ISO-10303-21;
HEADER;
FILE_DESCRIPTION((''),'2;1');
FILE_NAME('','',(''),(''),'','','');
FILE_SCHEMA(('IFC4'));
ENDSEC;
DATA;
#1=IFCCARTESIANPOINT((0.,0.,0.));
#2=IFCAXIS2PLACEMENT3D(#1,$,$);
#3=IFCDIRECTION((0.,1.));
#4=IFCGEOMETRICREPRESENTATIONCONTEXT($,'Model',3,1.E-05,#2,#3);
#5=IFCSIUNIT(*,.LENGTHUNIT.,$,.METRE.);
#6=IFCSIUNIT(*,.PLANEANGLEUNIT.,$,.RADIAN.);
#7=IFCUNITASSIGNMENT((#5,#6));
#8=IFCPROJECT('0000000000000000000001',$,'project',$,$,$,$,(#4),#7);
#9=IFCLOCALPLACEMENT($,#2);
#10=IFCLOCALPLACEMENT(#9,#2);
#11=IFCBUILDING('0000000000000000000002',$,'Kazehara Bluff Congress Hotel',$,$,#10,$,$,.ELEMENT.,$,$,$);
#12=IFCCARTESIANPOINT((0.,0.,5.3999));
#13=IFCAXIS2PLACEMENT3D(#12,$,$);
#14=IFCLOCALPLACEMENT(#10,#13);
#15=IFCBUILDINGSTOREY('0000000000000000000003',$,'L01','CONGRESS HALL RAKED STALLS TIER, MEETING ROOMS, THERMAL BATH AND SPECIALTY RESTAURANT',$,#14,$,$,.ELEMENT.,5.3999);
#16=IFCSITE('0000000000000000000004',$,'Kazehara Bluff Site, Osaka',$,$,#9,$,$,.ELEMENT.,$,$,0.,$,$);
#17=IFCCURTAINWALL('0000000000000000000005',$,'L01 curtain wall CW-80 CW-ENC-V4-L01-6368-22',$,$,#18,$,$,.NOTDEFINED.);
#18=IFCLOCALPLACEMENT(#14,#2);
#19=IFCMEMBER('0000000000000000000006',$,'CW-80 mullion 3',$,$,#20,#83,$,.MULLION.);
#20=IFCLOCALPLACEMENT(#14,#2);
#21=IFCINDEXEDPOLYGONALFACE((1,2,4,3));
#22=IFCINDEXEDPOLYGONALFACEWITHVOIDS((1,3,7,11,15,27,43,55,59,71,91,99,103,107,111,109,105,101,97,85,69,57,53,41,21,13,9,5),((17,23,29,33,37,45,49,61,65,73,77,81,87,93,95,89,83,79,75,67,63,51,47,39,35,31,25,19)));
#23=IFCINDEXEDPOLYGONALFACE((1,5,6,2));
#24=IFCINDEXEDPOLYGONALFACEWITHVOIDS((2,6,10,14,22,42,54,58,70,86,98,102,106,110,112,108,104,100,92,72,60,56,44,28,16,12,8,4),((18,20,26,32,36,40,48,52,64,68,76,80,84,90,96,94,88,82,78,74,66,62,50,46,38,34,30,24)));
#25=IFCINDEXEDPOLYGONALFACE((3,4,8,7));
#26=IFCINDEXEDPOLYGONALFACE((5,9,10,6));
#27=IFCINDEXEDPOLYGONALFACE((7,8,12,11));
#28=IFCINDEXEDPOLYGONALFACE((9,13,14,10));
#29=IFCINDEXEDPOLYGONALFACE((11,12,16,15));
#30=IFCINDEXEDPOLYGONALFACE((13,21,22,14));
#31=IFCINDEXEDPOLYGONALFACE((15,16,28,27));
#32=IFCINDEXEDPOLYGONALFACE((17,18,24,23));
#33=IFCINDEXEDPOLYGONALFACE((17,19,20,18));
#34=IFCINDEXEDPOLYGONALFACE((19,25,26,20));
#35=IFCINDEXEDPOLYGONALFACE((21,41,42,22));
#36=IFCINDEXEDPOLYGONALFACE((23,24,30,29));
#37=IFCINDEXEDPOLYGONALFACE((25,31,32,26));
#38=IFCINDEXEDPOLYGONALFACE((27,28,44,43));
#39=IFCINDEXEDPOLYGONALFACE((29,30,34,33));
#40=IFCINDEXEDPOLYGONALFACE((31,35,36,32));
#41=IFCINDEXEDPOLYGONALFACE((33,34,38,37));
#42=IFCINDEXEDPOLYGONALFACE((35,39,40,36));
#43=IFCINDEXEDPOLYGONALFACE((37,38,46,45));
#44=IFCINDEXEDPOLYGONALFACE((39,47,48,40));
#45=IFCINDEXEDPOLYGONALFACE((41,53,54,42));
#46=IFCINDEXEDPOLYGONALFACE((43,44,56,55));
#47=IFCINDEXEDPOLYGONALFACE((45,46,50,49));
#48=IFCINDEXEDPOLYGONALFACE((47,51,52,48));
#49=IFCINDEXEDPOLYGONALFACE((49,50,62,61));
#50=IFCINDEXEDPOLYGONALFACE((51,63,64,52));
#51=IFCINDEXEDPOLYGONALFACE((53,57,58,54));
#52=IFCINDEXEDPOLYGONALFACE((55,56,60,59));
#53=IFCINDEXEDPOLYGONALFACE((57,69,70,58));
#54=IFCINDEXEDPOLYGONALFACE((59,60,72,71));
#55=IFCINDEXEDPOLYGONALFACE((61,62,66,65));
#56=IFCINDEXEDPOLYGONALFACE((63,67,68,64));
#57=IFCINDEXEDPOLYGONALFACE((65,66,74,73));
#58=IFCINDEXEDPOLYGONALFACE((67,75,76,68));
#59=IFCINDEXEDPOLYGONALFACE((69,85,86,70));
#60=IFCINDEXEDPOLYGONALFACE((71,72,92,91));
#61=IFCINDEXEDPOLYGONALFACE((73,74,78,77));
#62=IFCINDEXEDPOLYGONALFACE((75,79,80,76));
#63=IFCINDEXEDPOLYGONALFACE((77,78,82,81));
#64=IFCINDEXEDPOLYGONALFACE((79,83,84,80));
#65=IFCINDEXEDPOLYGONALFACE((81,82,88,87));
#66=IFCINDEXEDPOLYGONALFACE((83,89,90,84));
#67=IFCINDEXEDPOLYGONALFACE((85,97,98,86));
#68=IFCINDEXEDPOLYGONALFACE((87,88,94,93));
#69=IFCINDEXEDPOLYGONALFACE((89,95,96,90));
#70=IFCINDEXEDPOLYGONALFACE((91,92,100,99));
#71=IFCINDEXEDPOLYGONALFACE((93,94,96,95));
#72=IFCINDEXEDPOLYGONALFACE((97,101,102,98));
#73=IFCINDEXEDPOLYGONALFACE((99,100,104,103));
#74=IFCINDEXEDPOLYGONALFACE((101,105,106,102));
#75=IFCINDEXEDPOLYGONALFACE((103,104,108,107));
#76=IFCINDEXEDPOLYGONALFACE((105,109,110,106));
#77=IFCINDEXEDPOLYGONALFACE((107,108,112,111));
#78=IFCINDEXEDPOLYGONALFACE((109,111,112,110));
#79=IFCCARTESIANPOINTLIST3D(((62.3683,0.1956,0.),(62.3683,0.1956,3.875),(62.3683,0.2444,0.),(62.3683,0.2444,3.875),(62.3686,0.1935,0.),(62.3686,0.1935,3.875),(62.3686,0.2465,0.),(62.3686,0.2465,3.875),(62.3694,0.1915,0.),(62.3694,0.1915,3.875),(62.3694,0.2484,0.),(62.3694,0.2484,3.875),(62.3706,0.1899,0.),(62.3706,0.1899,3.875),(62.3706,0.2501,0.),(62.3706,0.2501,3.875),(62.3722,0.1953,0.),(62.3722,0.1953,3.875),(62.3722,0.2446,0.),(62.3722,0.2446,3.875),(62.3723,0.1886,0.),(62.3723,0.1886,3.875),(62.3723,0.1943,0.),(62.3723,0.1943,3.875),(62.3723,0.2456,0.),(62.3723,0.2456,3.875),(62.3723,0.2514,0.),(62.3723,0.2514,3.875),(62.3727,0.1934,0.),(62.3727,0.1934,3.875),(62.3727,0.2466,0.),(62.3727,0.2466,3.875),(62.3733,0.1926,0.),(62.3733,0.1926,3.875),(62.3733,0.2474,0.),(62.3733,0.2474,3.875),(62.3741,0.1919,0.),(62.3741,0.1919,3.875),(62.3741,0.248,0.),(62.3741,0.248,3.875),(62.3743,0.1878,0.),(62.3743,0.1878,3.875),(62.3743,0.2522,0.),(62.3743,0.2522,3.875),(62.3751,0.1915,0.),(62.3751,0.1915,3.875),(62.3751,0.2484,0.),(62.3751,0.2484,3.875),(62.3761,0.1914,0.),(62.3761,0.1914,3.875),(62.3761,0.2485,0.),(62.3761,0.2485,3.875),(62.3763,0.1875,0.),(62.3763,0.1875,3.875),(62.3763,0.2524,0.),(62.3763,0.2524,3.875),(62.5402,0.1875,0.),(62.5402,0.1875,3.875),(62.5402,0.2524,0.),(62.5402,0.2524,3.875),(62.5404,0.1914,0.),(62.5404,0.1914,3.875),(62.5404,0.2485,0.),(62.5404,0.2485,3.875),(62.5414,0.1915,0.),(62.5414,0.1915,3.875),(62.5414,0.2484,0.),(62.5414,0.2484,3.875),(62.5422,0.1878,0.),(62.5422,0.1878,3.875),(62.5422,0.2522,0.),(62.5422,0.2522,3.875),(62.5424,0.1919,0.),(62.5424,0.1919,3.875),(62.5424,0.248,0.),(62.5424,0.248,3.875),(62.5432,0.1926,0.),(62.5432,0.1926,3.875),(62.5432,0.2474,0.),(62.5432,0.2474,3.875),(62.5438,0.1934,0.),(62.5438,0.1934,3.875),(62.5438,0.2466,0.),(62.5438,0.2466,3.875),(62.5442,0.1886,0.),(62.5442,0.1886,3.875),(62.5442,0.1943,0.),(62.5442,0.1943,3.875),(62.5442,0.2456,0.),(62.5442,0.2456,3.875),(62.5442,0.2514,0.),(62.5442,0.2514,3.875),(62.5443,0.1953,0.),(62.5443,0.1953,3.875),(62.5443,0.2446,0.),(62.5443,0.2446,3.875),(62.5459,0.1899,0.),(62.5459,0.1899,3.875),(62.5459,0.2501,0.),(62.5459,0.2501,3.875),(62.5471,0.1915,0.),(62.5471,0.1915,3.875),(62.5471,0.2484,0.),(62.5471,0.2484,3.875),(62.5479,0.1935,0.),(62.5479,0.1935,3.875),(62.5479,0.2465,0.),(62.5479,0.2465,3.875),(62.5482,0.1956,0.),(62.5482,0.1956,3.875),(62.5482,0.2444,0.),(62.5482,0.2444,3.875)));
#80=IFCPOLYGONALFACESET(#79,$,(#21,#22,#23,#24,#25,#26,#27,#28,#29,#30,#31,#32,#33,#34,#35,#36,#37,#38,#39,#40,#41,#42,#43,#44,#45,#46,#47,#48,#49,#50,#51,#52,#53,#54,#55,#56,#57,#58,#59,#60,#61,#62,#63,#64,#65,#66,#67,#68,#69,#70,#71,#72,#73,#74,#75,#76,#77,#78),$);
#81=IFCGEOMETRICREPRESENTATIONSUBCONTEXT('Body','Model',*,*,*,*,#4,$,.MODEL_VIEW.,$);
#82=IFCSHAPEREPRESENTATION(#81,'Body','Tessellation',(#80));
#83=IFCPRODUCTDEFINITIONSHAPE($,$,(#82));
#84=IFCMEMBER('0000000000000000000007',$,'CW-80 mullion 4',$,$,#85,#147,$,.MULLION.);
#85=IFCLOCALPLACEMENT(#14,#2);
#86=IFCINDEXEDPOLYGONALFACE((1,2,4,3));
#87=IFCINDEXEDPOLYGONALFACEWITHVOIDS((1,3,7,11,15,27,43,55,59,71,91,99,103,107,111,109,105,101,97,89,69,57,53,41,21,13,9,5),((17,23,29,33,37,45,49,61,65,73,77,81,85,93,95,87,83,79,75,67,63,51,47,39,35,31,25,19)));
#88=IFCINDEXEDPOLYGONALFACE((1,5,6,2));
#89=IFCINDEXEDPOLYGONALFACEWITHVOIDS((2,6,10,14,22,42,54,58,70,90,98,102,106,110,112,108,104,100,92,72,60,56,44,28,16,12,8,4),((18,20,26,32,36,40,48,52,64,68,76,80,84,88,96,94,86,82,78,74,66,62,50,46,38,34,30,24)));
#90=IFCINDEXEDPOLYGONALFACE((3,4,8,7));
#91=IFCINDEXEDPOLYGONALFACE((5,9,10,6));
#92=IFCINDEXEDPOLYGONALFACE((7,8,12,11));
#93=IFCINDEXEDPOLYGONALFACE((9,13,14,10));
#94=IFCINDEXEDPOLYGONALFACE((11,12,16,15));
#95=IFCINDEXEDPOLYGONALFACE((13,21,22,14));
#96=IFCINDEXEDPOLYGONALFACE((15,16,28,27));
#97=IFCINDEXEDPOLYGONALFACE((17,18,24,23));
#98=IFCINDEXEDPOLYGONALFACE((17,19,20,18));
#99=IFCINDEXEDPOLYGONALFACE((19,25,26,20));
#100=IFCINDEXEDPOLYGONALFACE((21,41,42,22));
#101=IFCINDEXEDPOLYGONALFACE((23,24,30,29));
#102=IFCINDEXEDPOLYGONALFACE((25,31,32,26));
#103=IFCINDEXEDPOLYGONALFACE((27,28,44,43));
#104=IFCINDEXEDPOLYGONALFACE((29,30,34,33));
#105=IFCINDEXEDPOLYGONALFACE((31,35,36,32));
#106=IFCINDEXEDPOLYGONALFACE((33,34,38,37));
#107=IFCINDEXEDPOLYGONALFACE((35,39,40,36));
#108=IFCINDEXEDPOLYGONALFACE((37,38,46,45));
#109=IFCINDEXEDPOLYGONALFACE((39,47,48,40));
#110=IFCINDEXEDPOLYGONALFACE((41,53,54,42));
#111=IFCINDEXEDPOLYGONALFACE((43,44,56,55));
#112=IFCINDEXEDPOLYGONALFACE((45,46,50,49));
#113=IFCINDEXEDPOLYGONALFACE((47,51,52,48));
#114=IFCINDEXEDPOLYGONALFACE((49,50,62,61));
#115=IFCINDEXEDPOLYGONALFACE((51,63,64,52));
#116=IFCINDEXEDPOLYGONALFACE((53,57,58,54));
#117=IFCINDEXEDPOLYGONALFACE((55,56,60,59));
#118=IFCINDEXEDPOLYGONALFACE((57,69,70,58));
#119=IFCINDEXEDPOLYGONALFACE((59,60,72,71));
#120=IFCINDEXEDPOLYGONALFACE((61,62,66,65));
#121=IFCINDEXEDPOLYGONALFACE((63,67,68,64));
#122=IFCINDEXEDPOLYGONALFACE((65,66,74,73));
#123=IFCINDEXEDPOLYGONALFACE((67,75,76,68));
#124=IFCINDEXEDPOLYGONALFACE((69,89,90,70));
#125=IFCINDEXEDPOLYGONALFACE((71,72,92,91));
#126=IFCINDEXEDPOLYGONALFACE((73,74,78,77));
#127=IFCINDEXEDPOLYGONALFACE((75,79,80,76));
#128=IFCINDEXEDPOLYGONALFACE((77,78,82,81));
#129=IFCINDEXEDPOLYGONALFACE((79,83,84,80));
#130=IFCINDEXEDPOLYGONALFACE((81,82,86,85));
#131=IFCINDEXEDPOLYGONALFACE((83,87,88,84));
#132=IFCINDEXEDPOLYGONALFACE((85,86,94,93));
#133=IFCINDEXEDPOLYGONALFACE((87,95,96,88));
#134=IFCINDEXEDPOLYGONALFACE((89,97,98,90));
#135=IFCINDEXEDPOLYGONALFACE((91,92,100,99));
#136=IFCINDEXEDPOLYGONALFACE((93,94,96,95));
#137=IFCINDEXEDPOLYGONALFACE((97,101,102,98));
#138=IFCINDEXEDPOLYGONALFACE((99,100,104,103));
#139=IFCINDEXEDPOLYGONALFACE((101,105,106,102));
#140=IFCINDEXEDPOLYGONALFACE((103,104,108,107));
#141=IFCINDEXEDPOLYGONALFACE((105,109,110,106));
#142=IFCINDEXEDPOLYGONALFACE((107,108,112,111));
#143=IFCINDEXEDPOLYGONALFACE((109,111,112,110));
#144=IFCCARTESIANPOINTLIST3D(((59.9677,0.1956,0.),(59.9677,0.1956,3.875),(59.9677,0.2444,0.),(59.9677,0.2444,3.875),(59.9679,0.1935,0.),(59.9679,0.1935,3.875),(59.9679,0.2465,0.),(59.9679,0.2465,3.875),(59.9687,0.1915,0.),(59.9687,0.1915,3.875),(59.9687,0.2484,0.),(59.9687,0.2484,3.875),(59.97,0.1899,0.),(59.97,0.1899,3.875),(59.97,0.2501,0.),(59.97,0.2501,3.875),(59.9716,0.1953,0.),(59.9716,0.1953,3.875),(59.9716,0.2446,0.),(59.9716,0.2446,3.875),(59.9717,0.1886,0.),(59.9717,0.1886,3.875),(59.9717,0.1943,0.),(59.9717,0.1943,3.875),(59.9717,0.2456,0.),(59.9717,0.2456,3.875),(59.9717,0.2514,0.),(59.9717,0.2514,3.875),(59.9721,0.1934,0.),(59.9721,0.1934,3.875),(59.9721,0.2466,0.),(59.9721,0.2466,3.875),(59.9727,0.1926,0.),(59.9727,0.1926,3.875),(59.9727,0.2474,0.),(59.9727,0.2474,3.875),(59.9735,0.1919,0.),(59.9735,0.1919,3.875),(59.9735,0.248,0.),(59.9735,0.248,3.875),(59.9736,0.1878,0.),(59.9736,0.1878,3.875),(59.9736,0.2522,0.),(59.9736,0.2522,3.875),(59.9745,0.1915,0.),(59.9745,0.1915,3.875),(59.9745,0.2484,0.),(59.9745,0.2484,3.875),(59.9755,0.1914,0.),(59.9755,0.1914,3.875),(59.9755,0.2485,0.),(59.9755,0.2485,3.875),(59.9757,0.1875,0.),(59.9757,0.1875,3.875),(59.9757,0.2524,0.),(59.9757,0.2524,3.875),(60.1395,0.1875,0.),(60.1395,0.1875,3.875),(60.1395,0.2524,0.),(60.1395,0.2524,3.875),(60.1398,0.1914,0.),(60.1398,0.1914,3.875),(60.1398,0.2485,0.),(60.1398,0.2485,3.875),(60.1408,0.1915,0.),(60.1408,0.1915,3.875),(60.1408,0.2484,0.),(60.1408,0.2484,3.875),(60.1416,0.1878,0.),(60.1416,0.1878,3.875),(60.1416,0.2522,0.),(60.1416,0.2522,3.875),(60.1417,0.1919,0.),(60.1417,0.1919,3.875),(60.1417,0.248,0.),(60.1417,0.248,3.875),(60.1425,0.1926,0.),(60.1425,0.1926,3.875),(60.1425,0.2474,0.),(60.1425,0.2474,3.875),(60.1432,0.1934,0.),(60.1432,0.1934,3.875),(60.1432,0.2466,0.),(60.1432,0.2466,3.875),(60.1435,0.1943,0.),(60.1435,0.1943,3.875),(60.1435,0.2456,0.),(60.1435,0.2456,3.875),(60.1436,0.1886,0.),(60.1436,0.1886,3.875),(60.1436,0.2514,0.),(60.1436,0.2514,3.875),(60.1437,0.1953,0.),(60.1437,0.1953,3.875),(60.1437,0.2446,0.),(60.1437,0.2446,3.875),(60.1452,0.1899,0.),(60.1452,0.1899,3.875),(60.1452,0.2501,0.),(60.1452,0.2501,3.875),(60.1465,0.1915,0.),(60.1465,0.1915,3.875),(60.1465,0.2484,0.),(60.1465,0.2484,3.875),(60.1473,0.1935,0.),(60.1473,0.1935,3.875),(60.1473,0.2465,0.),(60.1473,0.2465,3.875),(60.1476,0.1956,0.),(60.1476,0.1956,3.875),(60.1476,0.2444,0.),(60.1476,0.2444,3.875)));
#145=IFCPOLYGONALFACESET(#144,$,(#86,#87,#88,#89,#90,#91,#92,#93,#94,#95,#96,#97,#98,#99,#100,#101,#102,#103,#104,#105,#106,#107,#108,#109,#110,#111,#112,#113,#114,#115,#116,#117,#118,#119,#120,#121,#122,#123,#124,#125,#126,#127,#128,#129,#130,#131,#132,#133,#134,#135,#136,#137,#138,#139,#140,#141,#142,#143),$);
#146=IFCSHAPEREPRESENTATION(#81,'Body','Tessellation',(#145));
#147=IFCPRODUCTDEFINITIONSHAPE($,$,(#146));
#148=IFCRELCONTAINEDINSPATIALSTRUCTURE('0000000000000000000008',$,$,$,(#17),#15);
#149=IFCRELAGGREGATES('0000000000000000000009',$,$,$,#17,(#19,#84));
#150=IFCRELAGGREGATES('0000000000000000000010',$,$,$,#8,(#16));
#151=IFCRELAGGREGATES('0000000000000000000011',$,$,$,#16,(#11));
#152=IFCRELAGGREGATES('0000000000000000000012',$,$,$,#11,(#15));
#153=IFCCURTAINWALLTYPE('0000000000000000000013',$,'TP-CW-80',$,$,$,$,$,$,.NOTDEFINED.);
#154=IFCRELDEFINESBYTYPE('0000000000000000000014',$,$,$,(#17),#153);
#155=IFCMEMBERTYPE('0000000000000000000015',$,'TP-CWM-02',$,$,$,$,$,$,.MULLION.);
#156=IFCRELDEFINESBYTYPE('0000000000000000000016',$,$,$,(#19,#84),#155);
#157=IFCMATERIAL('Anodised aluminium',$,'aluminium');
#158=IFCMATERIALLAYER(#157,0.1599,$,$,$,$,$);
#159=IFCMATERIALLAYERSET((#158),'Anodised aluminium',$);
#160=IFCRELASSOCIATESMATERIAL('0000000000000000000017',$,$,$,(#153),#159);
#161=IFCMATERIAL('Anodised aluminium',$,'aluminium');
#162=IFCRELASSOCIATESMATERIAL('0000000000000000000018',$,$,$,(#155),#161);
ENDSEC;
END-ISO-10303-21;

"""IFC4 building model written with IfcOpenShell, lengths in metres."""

from ifc_helpers import new_model, si_unit, direction, frame, origin, origin_2d, place, context, subcontext, project, spatial, hollow_rectangle, extrude, material, layer, layer_set, material_profile, profile_set, type_object, element, aggregate, save


model = new_model("IFC4")

# Units and contexts
model_context = context("Model", 3, precision=1e-05, world=origin(), true_north=direction((0.0, 1.0)))
body_context = subcontext(model_context, "Body", "Model", "MODEL_VIEW")
ifc_project = project(units=[si_unit("LENGTHUNIT", "METRE"), si_unit("PLANEANGLEUNIT", "RADIAN")], contexts=[model_context])

# Site, building, storey
site_placement = place(None, origin())
site = spatial("IfcSite", under=ifc_project, at=site_placement, Name="Kazehara Bluff Site, Osaka", CompositionType="ELEMENT", RefElevation=0.0)
building_placement = place(site_placement, origin())
building = spatial("IfcBuilding", under=site, at=building_placement, Name="Kazehara Bluff Congress Hotel", CompositionType="ELEMENT")
storey_placement = place(building_placement, frame((0.0, 0.0, 5.3999)))
storey = spatial("IfcBuildingStorey", under=building, at=storey_placement, Name="L01", Description="CONGRESS HALL RAKED STALLS TIER, MEETING ROOMS, THERMAL BATH AND SPECIALTY RESTAURANT", CompositionType="ELEMENT", Elevation=5.3999)

# Curtain wall, members
ifc_material_1 = material(Name="Anodised aluminium", Category="aluminium")
ifc_layer_1 = layer(ifc_material_1, 0.1599)
ifc_layer_set_1 = layer_set([ifc_layer_1], Name="Anodised aluminium")
curtain_wall_type_1 = type_object("IfcCurtainWallType", Name="TP-CW-80", PredefinedType="NOTDEFINED", material=ifc_layer_set_1)
curtain_wall_1_placement = place(storey_placement, origin())
curtain_wall_1 = element("IfcCurtainWall", 1, at=curtain_wall_1_placement, inside=storey, type_object=curtain_wall_type_1, Name="L01 curtain wall CW-80 CW-ENC-V4-L01-6368-22", PredefinedType="NOTDEFINED")
ifc_material_2 = material(Name="Anodised aluminium", Category="aluminium")
ifc_material_profile_1 = material_profile(ifc_material_2, hollow_rectangle(XDim=0.0649, YDim=0.1799, WallThickness=0.0039, InnerFilletRadius=0.0039, OuterFilletRadius=0.0081, at=origin_2d()))
ifc_profile_set_1 = profile_set([ifc_material_profile_1], Name="Anodised aluminium")
member_type_1 = type_object("IfcMemberType", Name="TP-CWM-02", PredefinedType="MULLION", material=ifc_profile_set_1)
member_1_placement = place(storey_placement, frame((62.4583, 0.22, 0.0), z_axis=(0.0, 0.0, 1.0), x_axis=(0.0, -1.0, 0.0)))
member_1 = element("IfcMember", 2, at=member_1_placement, type_object=member_type_1, Name="CW-80 mullion 3", PredefinedType="MULLION", context=body_context, shape_type="SweptSolid", body=[
    extrude(hollow_rectangle(XDim=0.0649, YDim=0.1799, WallThickness=0.0039, InnerFilletRadius=0.0039, OuterFilletRadius=0.0081, at=origin_2d()), origin(), (0.0, 0.0, 1.0), 3.875),
])
member_2_placement = place(storey_placement, frame((60.0576, 0.22, 0.0), z_axis=(0.0, 0.0, 1.0), x_axis=(0.0, -1.0, 0.0)))
member_2 = element("IfcMember", 3, at=member_2_placement, type_object=member_type_1, Name="CW-80 mullion 4", PredefinedType="MULLION", context=body_context, shape_type="SweptSolid", body=[
    extrude(hollow_rectangle(XDim=0.0649, YDim=0.1799, WallThickness=0.0039, InnerFilletRadius=0.0039, OuterFilletRadius=0.0081, at=origin_2d()), origin(), (0.0, 0.0, 1.0), 3.875),
])

aggregate(curtain_wall_1, [member_1, member_2])

save(model, "model.ifc")
